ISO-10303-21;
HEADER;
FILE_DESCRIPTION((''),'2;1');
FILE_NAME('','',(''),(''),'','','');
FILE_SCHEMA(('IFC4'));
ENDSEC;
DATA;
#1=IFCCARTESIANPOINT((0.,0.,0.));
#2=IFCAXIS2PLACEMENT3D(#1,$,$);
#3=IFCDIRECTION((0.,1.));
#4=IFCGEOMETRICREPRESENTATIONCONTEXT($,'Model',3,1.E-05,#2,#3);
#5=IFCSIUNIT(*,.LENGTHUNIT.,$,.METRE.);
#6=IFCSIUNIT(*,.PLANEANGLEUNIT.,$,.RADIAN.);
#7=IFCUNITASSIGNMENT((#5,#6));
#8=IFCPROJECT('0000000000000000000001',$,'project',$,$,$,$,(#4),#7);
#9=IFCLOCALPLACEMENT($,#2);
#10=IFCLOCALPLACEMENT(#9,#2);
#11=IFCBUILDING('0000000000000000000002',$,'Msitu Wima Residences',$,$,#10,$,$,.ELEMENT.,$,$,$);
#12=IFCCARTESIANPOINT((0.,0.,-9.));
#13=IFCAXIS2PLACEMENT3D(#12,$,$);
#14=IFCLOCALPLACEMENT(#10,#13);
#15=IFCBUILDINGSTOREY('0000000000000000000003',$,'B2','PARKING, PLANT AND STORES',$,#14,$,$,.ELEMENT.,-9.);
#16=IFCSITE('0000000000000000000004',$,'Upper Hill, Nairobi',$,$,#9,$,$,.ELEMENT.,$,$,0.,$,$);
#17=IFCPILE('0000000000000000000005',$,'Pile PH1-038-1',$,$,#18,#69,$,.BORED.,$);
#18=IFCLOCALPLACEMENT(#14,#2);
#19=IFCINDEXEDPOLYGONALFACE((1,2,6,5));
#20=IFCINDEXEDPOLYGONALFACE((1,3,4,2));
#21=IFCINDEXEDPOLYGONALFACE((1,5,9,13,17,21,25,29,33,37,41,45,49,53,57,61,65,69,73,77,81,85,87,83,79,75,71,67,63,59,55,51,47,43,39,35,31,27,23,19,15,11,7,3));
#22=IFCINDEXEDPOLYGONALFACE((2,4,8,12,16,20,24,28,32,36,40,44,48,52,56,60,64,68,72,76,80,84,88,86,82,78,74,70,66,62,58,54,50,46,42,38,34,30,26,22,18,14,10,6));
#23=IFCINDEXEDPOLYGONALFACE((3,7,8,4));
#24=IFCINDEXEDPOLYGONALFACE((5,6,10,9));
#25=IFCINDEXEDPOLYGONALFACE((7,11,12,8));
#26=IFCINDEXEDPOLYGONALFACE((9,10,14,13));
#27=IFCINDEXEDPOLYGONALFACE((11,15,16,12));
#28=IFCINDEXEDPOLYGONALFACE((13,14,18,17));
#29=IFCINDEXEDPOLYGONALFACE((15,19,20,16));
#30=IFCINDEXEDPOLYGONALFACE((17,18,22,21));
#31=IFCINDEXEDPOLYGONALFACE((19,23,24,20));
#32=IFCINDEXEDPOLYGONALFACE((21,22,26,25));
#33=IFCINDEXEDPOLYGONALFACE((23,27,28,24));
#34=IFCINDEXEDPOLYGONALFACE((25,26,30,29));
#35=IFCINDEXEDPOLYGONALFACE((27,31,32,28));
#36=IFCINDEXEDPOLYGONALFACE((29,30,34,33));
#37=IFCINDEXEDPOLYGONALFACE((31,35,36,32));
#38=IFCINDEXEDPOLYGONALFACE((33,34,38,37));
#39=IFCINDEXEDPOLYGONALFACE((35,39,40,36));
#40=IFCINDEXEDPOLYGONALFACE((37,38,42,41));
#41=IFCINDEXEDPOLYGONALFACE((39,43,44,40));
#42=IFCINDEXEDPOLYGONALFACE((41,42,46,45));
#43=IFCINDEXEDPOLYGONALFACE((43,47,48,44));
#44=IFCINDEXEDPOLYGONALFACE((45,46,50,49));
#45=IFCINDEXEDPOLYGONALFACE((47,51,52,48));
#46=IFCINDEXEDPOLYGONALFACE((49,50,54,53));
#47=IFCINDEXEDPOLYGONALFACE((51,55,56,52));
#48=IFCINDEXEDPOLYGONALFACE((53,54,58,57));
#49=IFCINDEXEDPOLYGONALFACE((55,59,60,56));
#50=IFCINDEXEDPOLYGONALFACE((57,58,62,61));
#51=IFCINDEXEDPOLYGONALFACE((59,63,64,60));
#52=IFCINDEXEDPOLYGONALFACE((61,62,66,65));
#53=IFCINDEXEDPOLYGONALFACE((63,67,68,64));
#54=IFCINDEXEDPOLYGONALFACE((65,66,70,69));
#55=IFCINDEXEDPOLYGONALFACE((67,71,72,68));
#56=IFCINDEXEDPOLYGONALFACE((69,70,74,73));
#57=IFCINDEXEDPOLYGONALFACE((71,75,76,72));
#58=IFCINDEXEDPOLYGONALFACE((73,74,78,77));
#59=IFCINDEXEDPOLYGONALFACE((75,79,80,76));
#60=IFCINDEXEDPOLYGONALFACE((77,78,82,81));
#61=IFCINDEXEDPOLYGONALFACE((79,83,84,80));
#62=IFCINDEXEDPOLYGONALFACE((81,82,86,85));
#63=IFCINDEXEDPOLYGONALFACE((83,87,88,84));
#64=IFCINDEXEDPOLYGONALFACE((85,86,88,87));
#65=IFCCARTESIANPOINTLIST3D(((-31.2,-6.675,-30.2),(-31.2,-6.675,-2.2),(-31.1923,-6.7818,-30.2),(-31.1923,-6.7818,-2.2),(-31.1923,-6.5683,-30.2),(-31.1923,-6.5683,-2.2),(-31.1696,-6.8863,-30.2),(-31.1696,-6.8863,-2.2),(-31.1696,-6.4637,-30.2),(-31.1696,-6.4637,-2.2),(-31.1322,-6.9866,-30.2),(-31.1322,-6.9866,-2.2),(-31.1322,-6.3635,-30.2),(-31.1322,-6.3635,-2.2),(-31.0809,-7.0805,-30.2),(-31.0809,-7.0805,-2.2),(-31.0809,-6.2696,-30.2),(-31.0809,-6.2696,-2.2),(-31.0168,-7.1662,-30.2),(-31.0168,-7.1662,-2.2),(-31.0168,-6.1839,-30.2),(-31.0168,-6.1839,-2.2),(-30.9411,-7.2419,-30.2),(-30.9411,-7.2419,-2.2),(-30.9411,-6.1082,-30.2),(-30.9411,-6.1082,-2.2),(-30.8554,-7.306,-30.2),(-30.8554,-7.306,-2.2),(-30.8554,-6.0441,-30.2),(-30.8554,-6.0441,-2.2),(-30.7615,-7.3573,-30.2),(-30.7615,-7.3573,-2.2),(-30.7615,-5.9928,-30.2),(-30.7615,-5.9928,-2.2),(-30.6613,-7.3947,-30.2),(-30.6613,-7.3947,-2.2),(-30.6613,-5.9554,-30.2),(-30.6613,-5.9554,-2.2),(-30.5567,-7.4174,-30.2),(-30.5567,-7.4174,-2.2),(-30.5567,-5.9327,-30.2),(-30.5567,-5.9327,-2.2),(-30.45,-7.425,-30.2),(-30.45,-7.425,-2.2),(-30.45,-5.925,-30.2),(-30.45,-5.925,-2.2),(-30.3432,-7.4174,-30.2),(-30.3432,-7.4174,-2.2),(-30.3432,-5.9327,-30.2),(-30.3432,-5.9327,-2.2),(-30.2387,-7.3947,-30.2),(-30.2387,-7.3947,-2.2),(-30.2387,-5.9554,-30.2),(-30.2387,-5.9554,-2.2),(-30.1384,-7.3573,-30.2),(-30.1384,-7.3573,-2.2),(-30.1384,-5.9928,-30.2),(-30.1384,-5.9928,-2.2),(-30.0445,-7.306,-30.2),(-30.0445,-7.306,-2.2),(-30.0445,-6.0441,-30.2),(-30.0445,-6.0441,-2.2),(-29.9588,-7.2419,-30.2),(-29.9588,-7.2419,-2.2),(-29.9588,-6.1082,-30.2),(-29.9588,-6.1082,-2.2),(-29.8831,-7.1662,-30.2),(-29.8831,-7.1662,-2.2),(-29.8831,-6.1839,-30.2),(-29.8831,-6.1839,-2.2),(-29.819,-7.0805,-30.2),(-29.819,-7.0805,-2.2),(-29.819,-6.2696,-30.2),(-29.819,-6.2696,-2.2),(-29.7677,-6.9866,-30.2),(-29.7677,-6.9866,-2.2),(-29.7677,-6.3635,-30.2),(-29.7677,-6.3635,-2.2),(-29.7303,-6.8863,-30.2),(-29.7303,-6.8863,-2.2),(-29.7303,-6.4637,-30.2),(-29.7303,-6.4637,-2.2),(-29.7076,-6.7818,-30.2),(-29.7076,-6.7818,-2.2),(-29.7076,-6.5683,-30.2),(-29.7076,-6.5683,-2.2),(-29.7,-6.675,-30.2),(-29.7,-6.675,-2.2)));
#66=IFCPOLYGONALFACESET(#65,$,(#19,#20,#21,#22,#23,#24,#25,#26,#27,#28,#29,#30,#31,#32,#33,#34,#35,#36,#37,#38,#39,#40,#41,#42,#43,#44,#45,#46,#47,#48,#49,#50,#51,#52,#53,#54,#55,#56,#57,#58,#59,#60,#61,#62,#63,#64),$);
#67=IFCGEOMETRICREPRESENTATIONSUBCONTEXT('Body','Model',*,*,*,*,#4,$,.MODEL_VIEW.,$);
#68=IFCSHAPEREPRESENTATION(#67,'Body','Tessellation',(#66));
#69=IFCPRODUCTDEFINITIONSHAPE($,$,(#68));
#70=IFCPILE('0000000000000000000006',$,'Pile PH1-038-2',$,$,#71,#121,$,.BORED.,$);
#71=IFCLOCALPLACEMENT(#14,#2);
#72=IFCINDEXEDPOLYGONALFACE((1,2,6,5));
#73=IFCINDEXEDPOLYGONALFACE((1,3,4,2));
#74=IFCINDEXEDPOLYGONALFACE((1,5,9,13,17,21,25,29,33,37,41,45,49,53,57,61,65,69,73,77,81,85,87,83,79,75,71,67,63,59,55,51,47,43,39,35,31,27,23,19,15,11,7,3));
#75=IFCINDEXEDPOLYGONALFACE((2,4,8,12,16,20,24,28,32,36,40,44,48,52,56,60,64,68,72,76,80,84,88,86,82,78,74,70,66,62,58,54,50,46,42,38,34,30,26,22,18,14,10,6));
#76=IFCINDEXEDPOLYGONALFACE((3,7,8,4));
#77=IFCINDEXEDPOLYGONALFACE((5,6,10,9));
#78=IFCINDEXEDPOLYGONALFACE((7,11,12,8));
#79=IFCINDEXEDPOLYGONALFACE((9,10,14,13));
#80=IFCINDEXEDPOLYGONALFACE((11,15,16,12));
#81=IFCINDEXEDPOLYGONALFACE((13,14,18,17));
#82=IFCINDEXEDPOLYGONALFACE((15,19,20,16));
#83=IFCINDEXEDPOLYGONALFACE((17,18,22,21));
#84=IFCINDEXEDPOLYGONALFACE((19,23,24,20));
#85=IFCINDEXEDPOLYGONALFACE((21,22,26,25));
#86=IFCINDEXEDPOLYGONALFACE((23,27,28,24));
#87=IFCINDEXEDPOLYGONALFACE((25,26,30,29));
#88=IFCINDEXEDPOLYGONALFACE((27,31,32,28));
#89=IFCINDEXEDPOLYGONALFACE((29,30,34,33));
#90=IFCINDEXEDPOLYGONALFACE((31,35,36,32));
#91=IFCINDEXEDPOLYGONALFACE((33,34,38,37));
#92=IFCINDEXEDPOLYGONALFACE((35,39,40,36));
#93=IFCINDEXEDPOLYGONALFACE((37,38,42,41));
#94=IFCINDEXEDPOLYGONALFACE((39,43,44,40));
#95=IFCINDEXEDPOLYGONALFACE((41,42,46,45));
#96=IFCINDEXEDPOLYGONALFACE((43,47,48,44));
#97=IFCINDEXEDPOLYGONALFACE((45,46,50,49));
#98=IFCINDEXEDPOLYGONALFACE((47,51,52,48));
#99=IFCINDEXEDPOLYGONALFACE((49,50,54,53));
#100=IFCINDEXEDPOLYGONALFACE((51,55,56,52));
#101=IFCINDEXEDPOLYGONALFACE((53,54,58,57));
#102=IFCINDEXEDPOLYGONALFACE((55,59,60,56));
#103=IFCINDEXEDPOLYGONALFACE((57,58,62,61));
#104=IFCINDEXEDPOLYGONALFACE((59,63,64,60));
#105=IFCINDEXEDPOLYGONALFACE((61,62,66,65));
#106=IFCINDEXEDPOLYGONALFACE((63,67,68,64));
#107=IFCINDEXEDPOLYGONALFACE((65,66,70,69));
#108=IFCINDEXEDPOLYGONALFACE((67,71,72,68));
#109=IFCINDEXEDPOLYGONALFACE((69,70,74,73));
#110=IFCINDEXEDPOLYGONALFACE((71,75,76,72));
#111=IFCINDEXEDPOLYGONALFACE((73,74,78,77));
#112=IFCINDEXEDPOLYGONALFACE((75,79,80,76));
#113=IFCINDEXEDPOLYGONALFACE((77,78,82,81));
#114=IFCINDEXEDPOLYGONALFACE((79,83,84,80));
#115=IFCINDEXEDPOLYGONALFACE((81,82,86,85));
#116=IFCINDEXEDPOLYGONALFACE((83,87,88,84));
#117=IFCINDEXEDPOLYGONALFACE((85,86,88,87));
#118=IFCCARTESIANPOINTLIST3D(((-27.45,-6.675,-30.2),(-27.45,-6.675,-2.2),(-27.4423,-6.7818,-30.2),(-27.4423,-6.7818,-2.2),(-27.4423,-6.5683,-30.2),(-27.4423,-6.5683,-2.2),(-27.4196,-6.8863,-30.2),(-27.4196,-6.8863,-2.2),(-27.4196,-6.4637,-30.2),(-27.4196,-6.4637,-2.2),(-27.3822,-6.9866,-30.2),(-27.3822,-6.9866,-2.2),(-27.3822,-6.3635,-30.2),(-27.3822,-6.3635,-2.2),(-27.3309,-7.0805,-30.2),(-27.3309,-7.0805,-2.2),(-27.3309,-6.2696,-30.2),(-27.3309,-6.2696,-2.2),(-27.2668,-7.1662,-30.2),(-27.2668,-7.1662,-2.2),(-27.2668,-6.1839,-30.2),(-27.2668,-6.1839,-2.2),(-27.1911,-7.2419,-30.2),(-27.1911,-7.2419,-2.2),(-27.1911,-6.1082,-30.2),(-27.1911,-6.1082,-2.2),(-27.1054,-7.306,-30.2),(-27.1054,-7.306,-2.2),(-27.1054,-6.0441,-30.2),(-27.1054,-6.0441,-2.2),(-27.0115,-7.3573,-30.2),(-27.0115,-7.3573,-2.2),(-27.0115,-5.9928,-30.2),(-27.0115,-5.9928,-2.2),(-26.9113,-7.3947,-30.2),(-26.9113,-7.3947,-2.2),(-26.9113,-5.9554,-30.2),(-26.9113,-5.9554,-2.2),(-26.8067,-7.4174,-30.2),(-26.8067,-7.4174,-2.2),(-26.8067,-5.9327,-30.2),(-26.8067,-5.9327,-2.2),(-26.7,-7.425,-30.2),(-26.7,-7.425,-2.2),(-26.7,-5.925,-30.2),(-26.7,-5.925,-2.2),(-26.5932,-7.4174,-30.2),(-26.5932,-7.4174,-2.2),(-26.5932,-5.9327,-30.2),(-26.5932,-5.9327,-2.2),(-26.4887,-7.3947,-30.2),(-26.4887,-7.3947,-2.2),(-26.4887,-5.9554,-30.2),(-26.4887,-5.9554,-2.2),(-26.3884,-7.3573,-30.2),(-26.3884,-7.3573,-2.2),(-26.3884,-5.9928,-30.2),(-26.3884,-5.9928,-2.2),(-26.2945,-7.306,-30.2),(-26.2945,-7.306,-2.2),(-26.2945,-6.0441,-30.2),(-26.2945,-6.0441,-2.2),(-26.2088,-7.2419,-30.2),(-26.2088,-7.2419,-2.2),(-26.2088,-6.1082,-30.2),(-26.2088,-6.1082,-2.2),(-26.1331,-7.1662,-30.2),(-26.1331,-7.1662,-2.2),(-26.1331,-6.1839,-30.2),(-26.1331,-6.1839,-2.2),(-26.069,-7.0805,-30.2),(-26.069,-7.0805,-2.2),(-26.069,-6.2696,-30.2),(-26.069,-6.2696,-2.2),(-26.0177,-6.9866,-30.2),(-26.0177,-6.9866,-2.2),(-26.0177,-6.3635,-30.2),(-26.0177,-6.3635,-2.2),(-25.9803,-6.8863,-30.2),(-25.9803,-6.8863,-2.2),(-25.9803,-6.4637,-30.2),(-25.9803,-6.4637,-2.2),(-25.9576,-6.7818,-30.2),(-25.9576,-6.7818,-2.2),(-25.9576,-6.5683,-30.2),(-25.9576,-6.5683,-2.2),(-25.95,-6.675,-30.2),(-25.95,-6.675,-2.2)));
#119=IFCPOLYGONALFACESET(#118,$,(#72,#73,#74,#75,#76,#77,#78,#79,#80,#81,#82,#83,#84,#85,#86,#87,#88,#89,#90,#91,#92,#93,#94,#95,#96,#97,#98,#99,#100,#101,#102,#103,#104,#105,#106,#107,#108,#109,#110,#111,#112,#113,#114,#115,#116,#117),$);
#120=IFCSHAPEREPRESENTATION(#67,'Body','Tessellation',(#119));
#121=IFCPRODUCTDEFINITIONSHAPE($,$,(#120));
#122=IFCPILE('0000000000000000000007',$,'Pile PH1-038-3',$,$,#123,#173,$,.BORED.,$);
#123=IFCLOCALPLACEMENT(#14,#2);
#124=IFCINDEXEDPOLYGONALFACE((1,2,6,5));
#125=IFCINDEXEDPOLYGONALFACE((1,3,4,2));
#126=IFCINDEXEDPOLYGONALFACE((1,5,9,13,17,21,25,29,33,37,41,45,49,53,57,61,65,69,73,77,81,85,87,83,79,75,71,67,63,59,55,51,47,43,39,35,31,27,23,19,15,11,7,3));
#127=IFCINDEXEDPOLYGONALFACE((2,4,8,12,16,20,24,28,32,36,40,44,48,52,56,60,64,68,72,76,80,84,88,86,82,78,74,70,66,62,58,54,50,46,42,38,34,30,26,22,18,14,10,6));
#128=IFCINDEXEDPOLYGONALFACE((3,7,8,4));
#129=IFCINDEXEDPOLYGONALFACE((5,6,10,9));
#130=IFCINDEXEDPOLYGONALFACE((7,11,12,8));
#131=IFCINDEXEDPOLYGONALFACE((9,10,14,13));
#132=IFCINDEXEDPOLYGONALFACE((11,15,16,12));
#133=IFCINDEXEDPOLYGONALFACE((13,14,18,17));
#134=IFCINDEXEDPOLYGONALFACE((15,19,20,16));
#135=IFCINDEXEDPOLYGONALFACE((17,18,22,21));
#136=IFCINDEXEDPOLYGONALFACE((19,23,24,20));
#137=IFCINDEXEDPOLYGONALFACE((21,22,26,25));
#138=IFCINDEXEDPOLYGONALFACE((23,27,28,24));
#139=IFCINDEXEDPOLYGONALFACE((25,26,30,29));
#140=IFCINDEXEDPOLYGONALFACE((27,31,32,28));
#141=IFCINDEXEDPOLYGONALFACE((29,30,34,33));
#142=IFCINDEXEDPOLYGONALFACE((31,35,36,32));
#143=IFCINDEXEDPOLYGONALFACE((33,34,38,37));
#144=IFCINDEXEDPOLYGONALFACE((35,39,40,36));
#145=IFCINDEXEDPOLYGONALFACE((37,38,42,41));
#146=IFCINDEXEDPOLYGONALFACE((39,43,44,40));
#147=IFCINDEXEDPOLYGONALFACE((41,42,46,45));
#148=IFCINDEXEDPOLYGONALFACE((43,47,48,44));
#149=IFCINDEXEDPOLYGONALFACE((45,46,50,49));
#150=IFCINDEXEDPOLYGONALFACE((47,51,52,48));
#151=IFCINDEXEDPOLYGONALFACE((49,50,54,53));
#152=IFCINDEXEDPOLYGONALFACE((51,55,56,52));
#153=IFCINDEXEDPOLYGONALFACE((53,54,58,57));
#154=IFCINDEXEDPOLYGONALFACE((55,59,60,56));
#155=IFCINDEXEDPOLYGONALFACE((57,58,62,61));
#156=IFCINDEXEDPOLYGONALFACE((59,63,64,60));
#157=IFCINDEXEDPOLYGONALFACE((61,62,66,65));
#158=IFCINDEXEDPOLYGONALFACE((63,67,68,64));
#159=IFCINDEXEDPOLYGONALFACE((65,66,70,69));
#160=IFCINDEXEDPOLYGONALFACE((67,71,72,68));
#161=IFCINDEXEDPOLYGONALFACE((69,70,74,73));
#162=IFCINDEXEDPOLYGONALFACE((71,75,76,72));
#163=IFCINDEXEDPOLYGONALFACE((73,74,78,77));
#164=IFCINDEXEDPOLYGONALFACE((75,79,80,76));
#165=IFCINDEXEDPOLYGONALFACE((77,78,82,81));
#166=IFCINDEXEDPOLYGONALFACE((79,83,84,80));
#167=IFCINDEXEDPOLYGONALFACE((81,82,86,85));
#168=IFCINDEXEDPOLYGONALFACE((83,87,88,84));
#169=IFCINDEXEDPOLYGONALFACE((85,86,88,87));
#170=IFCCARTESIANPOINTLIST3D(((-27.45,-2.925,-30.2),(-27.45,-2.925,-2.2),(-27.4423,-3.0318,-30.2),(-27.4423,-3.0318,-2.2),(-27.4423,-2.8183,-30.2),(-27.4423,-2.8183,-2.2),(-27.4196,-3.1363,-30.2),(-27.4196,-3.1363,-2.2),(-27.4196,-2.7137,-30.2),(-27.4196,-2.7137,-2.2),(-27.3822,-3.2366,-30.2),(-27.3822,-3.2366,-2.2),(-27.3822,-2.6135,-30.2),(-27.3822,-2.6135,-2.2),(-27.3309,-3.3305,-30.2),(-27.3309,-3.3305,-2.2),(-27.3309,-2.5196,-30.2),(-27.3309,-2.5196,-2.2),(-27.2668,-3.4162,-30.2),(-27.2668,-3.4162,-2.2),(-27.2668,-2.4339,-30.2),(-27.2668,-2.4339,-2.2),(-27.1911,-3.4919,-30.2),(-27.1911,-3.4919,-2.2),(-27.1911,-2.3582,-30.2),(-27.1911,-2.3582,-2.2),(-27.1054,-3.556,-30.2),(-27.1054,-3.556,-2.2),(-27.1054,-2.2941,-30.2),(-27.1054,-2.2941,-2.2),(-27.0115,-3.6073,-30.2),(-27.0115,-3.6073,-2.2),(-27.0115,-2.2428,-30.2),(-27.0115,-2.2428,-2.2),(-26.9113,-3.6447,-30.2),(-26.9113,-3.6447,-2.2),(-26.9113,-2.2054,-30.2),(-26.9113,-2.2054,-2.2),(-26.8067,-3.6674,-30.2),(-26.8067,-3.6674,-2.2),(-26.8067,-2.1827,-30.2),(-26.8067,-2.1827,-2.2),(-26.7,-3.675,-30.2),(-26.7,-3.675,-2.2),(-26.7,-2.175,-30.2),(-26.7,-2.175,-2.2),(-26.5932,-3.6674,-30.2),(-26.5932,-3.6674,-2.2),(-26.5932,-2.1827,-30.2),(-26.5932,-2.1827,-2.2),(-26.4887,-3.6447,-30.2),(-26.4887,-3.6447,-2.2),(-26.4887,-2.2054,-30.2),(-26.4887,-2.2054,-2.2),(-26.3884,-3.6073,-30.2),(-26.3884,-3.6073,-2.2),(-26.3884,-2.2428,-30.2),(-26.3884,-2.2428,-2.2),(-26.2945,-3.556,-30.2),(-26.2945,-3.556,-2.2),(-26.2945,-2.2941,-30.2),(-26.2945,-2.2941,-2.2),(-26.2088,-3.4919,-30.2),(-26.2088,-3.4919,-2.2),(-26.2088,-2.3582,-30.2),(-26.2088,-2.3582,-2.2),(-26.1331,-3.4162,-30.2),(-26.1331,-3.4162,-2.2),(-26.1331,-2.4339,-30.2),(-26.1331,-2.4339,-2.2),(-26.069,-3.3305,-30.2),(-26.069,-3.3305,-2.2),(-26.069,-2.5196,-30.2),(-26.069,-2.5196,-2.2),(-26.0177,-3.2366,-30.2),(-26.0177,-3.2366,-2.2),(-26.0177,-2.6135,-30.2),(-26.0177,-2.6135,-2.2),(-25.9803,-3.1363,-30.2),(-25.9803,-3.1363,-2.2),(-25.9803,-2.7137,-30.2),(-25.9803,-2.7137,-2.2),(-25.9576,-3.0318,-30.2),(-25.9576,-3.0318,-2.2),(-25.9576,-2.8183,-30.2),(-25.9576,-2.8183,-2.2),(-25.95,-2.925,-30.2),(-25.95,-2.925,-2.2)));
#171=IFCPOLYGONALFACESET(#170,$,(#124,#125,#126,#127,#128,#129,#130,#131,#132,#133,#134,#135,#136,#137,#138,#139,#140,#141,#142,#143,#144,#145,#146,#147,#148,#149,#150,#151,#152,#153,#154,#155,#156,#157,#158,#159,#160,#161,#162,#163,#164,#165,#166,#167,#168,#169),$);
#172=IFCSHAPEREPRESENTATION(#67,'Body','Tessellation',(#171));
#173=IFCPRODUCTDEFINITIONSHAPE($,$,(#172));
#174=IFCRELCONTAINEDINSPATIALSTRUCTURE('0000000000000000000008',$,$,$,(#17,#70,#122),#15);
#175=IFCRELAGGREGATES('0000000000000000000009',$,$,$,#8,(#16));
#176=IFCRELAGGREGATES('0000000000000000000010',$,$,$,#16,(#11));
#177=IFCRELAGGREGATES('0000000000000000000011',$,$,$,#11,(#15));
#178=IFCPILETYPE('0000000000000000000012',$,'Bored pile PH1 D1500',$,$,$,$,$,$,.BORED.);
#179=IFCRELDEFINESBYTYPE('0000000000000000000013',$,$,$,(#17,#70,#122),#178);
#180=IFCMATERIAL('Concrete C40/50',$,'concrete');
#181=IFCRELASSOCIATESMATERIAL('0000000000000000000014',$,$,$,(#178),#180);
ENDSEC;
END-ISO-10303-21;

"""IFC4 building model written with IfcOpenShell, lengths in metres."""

from ifc_helpers import new_model, si_unit, direction, frame, origin, origin_2d, place, context, subcontext, project, spatial, circle, extrude, material, type_object, element, save


model = new_model("IFC4")

# Units and contexts
model_context = context("Model", 3, precision=1e-05, world=origin(), true_north=direction((0.0, 1.0)))
body_context = subcontext(model_context, "Body", "Model", "MODEL_VIEW")
ifc_project = project(units=[si_unit("LENGTHUNIT", "METRE"), si_unit("PLANEANGLEUNIT", "RADIAN")], contexts=[model_context])

# Site, building, storey
site_placement = place(None, origin())
site = spatial("IfcSite", under=ifc_project, at=site_placement, Name="Upper Hill, Nairobi", CompositionType="ELEMENT", RefElevation=0.0)
building_placement = place(site_placement, origin())
building = spatial("IfcBuilding", under=site, at=building_placement, Name="Msitu Wima Residences", CompositionType="ELEMENT")
storey_placement = place(building_placement, frame((0.0, 0.0, -9.0)))
storey = spatial("IfcBuildingStorey", under=building, at=storey_placement, Name="B2", Description="PARKING, PLANT AND STORES", CompositionType="ELEMENT", Elevation=-9.0)

# Piles
ifc_material_1 = material(Name="Concrete C40/50", Category="concrete")
pile_type_1 = type_object("IfcPileType", Name="Bored pile PH1 D1500", PredefinedType="BORED", material=ifc_material_1)
for number, where, z_axis, x_axis, name in (
    (1, (-30.45, -6.675, -2.2), (0.0, 0.0, -1.0), (1.0, 0.0, 0.0), "Pile PH1-038-1"),
    (2, (-26.7, -6.675, -2.2), (0.0, 0.0, -1.0), (1.0, 0.0, 0.0), "Pile PH1-038-2"),
    (3, (-26.7, -2.925, -2.2), (0.0, 0.0, -1.0), (1.0, 0.0, 0.0), "Pile PH1-038-3"),
):
    element("IfcPile", number, at=place(storey_placement, frame(where, z_axis=z_axis, x_axis=x_axis)), inside=storey, type_object=pile_type_1, Name=name, PredefinedType="BORED", context=body_context, shape_type="SweptSolid", body=[
        extrude(circle(Radius=0.75, at=origin_2d()), origin(), (0.0, 0.0, 1.0), 28.0),
    ])

save(model, "model.ifc")
